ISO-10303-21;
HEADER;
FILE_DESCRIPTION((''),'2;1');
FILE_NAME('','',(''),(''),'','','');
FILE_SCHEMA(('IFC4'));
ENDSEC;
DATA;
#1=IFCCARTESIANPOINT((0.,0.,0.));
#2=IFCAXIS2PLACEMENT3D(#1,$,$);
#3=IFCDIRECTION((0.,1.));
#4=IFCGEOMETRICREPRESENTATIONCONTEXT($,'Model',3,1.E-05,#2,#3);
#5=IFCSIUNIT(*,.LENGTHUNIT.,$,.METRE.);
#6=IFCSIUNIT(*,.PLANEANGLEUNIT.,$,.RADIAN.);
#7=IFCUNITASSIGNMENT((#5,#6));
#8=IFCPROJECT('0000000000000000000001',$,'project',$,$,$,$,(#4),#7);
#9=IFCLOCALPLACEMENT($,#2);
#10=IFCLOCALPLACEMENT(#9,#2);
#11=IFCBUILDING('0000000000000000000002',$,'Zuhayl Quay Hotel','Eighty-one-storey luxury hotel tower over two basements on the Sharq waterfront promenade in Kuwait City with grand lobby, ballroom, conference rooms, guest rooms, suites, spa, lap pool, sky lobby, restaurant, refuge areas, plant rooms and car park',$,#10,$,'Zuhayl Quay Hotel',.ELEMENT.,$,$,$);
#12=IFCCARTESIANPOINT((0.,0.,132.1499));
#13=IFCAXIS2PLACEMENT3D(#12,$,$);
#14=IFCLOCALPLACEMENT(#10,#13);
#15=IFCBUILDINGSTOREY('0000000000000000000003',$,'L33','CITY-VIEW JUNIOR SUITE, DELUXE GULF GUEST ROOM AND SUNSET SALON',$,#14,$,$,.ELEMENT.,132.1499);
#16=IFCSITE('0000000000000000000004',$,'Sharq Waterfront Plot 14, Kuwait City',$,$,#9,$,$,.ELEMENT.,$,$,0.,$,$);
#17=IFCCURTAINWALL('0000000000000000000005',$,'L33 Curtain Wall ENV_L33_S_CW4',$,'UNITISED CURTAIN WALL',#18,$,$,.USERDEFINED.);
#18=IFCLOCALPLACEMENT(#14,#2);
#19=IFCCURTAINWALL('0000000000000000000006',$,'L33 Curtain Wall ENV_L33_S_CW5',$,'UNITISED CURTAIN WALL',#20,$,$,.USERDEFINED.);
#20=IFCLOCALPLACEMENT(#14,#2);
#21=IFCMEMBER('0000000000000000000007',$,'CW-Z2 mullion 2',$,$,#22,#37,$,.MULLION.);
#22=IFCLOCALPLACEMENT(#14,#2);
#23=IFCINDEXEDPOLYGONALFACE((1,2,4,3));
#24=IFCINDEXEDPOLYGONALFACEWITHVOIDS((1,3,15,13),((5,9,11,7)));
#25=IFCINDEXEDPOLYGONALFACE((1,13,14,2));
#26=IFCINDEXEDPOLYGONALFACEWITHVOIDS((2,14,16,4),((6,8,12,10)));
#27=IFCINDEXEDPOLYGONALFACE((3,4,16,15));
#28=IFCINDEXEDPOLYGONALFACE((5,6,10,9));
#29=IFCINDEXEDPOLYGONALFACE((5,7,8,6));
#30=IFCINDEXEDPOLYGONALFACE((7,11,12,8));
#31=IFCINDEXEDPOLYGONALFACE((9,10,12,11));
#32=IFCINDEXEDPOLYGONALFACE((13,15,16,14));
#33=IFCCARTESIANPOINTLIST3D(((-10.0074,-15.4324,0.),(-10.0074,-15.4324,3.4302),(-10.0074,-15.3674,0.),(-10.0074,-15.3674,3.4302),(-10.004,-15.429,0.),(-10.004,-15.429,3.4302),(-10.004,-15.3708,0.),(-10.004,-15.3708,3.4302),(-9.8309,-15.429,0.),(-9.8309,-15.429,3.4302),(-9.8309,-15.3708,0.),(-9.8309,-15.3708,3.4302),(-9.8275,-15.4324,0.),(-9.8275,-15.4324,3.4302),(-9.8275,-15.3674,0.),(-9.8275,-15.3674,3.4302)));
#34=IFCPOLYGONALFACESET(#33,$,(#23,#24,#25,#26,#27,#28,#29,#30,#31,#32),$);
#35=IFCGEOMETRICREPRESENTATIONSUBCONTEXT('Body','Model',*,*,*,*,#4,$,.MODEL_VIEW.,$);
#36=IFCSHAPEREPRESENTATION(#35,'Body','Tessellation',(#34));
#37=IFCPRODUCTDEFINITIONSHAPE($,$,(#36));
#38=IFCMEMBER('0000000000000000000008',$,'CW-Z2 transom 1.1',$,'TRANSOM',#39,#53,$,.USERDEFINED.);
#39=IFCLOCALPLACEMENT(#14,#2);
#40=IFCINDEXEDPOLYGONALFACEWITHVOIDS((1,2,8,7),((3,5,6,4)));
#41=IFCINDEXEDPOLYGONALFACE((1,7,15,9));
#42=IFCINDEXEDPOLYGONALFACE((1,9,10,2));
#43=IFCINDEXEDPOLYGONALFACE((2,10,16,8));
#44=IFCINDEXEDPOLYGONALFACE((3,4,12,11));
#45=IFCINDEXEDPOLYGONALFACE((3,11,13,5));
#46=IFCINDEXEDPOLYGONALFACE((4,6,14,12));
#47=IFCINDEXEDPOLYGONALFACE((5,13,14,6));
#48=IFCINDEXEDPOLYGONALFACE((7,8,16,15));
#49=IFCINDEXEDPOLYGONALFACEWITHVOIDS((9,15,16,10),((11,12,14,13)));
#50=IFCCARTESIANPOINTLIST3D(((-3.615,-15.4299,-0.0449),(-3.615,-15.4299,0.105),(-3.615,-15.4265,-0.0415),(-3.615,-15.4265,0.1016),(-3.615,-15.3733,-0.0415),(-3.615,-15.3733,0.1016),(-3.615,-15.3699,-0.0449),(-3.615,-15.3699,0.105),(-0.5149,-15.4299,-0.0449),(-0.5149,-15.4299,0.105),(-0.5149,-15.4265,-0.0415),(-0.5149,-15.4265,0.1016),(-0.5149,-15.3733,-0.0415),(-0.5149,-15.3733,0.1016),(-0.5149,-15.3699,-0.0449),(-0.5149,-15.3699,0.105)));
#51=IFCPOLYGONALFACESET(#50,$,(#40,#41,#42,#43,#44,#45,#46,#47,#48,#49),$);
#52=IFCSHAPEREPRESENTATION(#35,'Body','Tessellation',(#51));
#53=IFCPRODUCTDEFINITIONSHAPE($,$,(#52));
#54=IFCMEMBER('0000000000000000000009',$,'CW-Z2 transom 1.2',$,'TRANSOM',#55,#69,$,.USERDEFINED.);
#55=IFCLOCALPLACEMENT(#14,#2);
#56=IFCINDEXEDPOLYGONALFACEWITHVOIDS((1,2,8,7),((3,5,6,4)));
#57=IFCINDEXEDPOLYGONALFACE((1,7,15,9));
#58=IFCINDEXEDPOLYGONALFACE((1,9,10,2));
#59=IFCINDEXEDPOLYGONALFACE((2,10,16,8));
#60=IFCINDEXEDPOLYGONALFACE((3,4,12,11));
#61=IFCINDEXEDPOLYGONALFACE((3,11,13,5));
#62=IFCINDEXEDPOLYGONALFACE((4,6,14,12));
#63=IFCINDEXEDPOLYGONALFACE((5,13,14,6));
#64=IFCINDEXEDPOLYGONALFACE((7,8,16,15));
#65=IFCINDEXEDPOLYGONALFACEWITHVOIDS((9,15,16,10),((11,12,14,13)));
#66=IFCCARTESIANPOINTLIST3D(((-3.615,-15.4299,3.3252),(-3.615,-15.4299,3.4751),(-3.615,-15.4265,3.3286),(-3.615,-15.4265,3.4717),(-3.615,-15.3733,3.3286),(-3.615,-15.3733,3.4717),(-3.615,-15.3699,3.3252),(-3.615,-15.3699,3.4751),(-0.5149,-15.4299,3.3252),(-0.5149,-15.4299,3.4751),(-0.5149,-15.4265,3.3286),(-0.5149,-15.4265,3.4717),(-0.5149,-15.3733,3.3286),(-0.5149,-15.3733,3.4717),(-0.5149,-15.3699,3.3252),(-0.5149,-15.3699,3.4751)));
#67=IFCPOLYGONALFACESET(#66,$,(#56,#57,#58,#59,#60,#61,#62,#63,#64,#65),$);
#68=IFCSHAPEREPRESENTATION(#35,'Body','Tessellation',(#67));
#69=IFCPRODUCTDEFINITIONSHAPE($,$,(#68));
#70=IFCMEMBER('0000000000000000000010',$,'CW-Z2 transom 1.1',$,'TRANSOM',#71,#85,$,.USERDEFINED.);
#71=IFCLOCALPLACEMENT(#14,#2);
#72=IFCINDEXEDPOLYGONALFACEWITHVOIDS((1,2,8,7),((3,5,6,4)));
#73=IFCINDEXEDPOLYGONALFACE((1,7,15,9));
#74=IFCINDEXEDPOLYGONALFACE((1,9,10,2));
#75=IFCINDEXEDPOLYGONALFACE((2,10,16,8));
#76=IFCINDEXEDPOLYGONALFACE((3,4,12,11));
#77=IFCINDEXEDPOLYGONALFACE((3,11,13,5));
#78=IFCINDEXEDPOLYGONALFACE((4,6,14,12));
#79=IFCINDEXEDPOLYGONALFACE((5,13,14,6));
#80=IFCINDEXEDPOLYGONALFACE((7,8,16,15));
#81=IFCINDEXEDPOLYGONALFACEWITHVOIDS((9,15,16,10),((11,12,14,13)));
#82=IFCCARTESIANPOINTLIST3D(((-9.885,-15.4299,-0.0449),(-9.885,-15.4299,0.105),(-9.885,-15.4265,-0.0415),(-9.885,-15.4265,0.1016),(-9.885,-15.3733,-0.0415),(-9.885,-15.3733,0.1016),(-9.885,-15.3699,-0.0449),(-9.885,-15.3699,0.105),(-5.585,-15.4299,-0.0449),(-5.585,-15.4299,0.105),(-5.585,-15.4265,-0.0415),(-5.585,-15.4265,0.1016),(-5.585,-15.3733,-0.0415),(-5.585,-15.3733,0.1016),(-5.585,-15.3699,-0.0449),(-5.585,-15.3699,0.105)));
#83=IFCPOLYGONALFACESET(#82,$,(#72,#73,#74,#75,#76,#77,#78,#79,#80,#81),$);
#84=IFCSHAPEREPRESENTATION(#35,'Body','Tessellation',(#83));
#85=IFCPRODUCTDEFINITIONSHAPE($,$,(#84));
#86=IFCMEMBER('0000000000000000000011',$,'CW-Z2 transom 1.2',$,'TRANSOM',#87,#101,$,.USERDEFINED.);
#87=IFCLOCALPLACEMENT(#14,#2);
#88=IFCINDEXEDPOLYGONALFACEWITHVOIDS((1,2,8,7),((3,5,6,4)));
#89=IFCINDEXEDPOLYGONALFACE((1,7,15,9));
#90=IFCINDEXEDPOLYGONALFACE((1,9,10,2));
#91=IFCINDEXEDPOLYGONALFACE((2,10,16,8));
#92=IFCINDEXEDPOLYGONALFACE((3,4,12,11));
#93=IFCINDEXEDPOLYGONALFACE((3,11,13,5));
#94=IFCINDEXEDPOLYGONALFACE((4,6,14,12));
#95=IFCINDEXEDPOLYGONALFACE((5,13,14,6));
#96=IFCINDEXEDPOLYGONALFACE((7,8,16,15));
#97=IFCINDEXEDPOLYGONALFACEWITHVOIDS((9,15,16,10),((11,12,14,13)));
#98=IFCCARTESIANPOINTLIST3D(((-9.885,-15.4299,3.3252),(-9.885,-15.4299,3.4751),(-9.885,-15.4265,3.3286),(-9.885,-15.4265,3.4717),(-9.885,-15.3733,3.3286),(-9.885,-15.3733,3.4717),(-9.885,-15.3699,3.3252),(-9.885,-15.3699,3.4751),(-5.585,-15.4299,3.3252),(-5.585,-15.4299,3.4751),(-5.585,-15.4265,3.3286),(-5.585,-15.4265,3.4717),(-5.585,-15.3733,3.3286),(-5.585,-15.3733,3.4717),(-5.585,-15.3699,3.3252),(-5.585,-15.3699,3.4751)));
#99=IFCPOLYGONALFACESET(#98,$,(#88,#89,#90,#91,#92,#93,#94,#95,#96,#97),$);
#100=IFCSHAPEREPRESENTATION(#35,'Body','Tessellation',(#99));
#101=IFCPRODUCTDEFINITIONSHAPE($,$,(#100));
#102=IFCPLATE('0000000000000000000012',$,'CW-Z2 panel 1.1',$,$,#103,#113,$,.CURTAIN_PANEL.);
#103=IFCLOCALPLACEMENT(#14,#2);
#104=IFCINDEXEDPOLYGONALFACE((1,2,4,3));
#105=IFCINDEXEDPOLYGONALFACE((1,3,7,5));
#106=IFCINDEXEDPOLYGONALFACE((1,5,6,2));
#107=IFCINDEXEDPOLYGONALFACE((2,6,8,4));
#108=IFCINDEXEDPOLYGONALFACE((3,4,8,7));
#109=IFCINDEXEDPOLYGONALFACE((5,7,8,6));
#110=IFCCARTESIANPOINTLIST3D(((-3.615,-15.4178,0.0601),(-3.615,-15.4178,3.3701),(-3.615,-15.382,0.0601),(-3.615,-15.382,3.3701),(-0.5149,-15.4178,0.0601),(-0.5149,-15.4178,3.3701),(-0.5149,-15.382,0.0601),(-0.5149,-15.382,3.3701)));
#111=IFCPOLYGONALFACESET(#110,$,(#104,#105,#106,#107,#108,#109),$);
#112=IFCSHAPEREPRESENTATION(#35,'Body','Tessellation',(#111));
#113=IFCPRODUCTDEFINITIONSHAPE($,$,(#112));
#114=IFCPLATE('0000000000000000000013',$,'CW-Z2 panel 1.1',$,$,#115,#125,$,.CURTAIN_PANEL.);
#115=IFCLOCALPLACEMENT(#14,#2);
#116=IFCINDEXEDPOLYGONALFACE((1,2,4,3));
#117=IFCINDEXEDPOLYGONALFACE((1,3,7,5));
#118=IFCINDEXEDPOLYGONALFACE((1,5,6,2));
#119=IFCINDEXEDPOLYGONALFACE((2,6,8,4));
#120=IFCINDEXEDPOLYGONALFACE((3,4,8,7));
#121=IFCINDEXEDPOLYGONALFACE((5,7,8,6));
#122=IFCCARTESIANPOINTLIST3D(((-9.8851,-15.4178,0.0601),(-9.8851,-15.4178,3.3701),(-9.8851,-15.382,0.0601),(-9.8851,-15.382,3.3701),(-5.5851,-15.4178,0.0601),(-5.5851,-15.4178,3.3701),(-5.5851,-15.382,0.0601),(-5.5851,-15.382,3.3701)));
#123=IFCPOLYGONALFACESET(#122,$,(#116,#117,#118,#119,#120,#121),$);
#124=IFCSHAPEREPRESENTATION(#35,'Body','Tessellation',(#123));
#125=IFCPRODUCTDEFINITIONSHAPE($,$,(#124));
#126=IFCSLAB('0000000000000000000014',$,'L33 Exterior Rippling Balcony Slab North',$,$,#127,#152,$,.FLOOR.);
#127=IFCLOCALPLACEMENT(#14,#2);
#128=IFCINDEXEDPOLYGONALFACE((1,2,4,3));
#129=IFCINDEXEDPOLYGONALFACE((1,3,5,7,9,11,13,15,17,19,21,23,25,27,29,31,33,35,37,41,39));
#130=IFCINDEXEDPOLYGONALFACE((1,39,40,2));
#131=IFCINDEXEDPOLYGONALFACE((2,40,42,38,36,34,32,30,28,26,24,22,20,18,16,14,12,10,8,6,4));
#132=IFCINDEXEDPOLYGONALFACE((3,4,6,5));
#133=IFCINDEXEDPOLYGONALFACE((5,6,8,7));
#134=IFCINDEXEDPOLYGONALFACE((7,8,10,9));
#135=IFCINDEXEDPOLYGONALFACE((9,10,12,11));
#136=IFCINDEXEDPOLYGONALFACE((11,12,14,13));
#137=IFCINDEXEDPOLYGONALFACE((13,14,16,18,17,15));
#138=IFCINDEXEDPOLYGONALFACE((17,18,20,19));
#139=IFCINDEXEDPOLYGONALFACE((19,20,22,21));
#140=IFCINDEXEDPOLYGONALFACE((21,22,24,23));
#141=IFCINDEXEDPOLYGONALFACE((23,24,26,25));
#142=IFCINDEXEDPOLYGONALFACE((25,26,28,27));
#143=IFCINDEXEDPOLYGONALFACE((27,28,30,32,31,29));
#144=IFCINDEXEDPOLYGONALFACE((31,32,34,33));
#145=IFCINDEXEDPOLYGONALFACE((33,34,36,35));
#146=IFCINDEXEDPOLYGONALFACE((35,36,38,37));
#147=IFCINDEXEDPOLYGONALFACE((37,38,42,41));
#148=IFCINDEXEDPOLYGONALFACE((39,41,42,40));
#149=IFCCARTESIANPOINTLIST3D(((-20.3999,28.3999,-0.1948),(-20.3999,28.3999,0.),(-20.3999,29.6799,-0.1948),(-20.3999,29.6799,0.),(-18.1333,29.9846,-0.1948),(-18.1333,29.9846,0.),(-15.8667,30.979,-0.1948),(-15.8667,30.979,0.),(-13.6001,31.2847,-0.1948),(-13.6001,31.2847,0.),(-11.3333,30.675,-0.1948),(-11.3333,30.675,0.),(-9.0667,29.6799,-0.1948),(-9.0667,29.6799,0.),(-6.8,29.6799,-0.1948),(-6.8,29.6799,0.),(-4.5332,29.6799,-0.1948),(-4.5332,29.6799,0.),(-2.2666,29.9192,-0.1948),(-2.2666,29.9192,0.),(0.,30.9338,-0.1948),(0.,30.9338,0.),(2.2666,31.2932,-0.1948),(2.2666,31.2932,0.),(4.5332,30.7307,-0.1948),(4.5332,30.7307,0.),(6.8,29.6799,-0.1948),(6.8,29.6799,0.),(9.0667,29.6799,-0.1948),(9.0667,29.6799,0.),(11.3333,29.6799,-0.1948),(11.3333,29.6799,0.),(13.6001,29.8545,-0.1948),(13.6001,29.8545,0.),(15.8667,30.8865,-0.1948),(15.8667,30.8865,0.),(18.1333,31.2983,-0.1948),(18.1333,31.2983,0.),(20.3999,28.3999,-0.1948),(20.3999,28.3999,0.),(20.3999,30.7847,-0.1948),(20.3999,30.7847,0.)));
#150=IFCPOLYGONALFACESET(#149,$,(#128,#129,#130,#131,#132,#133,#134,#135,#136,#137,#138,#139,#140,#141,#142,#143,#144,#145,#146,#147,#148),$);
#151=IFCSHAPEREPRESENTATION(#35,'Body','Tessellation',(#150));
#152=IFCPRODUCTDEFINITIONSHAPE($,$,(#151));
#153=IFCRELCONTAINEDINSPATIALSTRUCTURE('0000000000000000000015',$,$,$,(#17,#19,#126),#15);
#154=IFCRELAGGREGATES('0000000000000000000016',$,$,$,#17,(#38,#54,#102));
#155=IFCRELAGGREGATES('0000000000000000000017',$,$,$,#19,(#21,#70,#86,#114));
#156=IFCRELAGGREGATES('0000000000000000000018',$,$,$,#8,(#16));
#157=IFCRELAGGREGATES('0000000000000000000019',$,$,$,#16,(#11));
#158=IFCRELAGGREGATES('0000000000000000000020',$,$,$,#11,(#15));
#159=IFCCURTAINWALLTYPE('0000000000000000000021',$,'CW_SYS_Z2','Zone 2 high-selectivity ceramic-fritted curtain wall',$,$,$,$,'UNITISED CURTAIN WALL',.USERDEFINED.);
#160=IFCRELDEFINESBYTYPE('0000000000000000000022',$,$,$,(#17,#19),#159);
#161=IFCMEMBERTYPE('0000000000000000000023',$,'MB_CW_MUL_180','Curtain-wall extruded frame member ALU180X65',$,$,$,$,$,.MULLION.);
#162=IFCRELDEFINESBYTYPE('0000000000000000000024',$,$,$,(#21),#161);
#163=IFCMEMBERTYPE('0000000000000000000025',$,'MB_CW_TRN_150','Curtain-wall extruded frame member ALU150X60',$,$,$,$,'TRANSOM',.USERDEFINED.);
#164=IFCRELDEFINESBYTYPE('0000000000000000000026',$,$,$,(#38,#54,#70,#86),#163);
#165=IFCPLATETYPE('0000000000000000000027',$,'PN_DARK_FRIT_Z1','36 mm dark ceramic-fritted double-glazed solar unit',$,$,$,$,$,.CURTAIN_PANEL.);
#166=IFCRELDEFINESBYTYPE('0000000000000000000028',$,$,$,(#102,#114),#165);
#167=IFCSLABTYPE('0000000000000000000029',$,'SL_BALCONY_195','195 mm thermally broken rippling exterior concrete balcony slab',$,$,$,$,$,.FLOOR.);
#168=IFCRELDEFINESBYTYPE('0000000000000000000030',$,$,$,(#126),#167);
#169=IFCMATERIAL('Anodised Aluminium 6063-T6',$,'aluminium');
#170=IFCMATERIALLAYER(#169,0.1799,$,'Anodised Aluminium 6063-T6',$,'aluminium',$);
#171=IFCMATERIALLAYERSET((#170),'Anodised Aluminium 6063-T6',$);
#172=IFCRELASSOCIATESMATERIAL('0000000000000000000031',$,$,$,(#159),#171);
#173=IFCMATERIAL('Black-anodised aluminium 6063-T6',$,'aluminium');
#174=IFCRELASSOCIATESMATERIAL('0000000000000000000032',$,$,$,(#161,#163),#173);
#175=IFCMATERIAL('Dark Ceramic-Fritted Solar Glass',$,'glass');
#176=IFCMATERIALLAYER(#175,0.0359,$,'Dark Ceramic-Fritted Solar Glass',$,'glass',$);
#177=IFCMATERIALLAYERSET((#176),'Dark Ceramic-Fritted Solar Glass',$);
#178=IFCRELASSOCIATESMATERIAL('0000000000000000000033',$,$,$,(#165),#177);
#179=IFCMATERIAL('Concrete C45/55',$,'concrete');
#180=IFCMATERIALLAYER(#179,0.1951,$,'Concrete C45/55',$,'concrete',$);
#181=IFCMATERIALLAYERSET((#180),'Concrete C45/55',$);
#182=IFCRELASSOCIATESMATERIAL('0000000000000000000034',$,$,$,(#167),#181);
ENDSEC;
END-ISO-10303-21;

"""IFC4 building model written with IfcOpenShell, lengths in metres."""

from ifc_helpers import new_model, si_unit, direction, frame, origin, origin_2d, place, context, subcontext, project, spatial, polyline, rectangle, hollow_rectangle, outline, extrude, material, layer, layer_set, material_profile, profile_set, type_object, element, aggregate, save


model = new_model("IFC4")

# Units and contexts
model_context = context("Model", 3, precision=1e-05, world=origin(), true_north=direction((0.0, 1.0)))
body_context = subcontext(model_context, "Body", "Model", "MODEL_VIEW")
ifc_project = project(units=[si_unit("LENGTHUNIT", "METRE"), si_unit("PLANEANGLEUNIT", "RADIAN")], contexts=[model_context])

# Site, building, storey
site_placement = place(None, origin())
site = spatial("IfcSite", under=ifc_project, at=site_placement, Name="Sharq Waterfront Plot 14, Kuwait City", CompositionType="ELEMENT", RefElevation=0.0)
building_placement = place(site_placement, origin())
building = spatial("IfcBuilding", under=site, at=building_placement, Name="Zuhayl Quay Hotel", Description="Eighty-one-storey luxury hotel tower over two basements on the Sharq waterfront promenade in Kuwait City with grand lobby, ballroom, conference rooms, guest rooms, suites, spa, lap pool, sky lobby, restaurant, refuge areas, plant rooms and car park", LongName="Zuhayl Quay Hotel", CompositionType="ELEMENT")
storey_placement = place(building_placement, frame((0.0, 0.0, 132.1499)))
storey = spatial("IfcBuildingStorey", under=building, at=storey_placement, Name="L33", Description="CITY-VIEW JUNIOR SUITE, DELUXE GULF GUEST ROOM AND SUNSET SALON", CompositionType="ELEMENT", Elevation=132.1499)

# Curtain walls, member
ifc_material_1 = material(Name="Anodised Aluminium 6063-T6", Category="aluminium")
ifc_layer_1 = layer(ifc_material_1, 0.1799, Name="Anodised Aluminium 6063-T6", Category="aluminium")
ifc_layer_set_1 = layer_set([ifc_layer_1], Name="Anodised Aluminium 6063-T6")
curtain_wall_type = type_object("IfcCurtainWallType", Name="CW_SYS_Z2", Description="Zone 2 high-selectivity ceramic-fritted curtain wall", ElementType="UNITISED CURTAIN WALL", PredefinedType="USERDEFINED", material=ifc_layer_set_1)
curtain_wall_1_placement = place(storey_placement, origin())
curtain_wall_1 = element("IfcCurtainWall", 1, at=curtain_wall_1_placement, inside=storey, type_object=curtain_wall_type, Name="L33 Curtain Wall ENV_L33_S_CW4", ObjectType="UNITISED CURTAIN WALL", PredefinedType="USERDEFINED")
ifc_material_2 = material(Name="Black-anodised aluminium 6063-T6", Category="aluminium")
ifc_material_profile_1 = material_profile(ifc_material_2, hollow_rectangle(XDim=0.0649, YDim=0.1799, WallThickness=0.0034, at=origin_2d()), Name="ALU180X65")
ifc_profile_set_1 = profile_set([ifc_material_profile_1], Name="Black-anodised aluminium 6063-T6")
member_type_1 = type_object("IfcMemberType", Name="MB_CW_MUL_180", Description="Curtain-wall extruded frame member ALU180X65", PredefinedType="MULLION", material=ifc_profile_set_1)
curtain_wall_2_placement = place(storey_placement, origin())
curtain_wall_2 = element("IfcCurtainWall", 2, at=curtain_wall_2_placement, inside=storey, type_object=curtain_wall_type, Name="L33 Curtain Wall ENV_L33_S_CW5", ObjectType="UNITISED CURTAIN WALL", PredefinedType="USERDEFINED")
member_1_placement = place(storey_placement, frame((-9.9175, -15.3999, 0.0), z_axis=(0.0, 0.0, 1.0), x_axis=(0.0, -1.0, 0.0)))
member_1 = element("IfcMember", 3, at=member_1_placement, type_object=member_type_1, Name="CW-Z2 mullion 2", PredefinedType="MULLION", context=body_context, shape_type="SweptSolid", body=[
    extrude(hollow_rectangle(XDim=0.0649, YDim=0.1799, WallThickness=0.0034, at=origin_2d()), origin(), (0.0, 0.0, 1.0), 3.4302),
])

# Members
ifc_material_profile_2 = material_profile(ifc_material_2, hollow_rectangle(XDim=0.0601, YDim=0.1499, WallThickness=0.0034, at=origin_2d()), Name="ALU150X60")
ifc_profile_set_2 = profile_set([ifc_material_profile_2], Name="Black-anodised aluminium 6063-T6")
member_type_2 = type_object("IfcMemberType", Name="MB_CW_TRN_150", Description="Curtain-wall extruded frame member ALU150X60", ElementType="TRANSOM", PredefinedType="USERDEFINED", material=ifc_profile_set_2)
member_2_placement = place(storey_placement, frame((-0.5149, -15.3999, 0.03), z_axis=(-1.0, 0.0, 0.0), x_axis=(0.0, -1.0, 0.0)))
member_2 = element("IfcMember", 4, at=member_2_placement, type_object=member_type_2, Name="CW-Z2 transom 1.1", ObjectType="TRANSOM", PredefinedType="USERDEFINED", context=body_context, shape_type="SweptSolid", body=[
    extrude(hollow_rectangle(XDim=0.0601, YDim=0.1499, WallThickness=0.0034, at=origin_2d()), origin(), (0.0, 0.0, 1.0), 3.1001),
])
member_3_placement = place(storey_placement, frame((-0.5149, -15.3999, 3.4001), z_axis=(-1.0, 0.0, 0.0), x_axis=(0.0, -1.0, 0.0)))
member_3 = element("IfcMember", 5, at=member_3_placement, type_object=member_type_2, Name="CW-Z2 transom 1.2", ObjectType="TRANSOM", PredefinedType="USERDEFINED", context=body_context, shape_type="SweptSolid", body=[
    extrude(hollow_rectangle(XDim=0.0601, YDim=0.1499, WallThickness=0.0034, at=origin_2d()), origin(), (0.0, 0.0, 1.0), 3.1001),
])
member_4_placement = place(storey_placement, frame((-5.585, -15.3999, 0.03), z_axis=(-1.0, 0.0, 0.0), x_axis=(0.0, -1.0, 0.0)))
member_4 = element("IfcMember", 6, at=member_4_placement, type_object=member_type_2, Name="CW-Z2 transom 1.1", ObjectType="TRANSOM", PredefinedType="USERDEFINED", context=body_context, shape_type="SweptSolid", body=[
    extrude(hollow_rectangle(XDim=0.0601, YDim=0.1499, WallThickness=0.0034, at=origin_2d()), origin(), (0.0, 0.0, 1.0), 4.3),
])
member_5_placement = place(storey_placement, frame((-5.585, -15.3999, 3.4001), z_axis=(-1.0, 0.0, 0.0), x_axis=(0.0, -1.0, 0.0)))
member_5 = element("IfcMember", 7, at=member_5_placement, type_object=member_type_2, Name="CW-Z2 transom 1.2", ObjectType="TRANSOM", PredefinedType="USERDEFINED", context=body_context, shape_type="SweptSolid", body=[
    extrude(hollow_rectangle(XDim=0.0601, YDim=0.1499, WallThickness=0.0034, at=origin_2d()), origin(), (0.0, 0.0, 1.0), 4.3),
])

# Plates
ifc_material_3 = material(Name="Dark Ceramic-Fritted Solar Glass", Category="glass")
ifc_layer_2 = layer(ifc_material_3, 0.0359, Name="Dark Ceramic-Fritted Solar Glass", Category="glass")
ifc_layer_set_2 = layer_set([ifc_layer_2], Name="Dark Ceramic-Fritted Solar Glass")
plate_type = type_object("IfcPlateType", Name="PN_DARK_FRIT_Z1", Description="36 mm dark ceramic-fritted double-glazed solar unit", PredefinedType="CURTAIN_PANEL", material=ifc_layer_set_2)
plate_1_placement = place(storey_placement, frame((-2.0649, -15.3999, 0.0601), z_axis=(0.0, 0.0, 1.0), x_axis=(-1.0, 0.0, 0.0)))
plate_1 = element("IfcPlate", 8, at=plate_1_placement, type_object=plate_type, Name="CW-Z2 panel 1.1", PredefinedType="CURTAIN_PANEL", context=body_context, shape_type="SweptSolid", body=[
    extrude(rectangle(XDim=3.1001, YDim=0.0359, at=origin_2d()), origin(), (0.0, 0.0, 1.0), 3.3101),
])
aggregate(curtain_wall_1, [member_2, member_3, plate_1])
plate_2_placement = place(storey_placement, frame((-7.7351, -15.3999, 0.0601), z_axis=(0.0, 0.0, 1.0), x_axis=(-1.0, 0.0, 0.0)))
plate_2 = element("IfcPlate", 9, at=plate_2_placement, type_object=plate_type, Name="CW-Z2 panel 1.1", PredefinedType="CURTAIN_PANEL", context=body_context, shape_type="SweptSolid", body=[
    extrude(rectangle(XDim=4.3, YDim=0.0359, at=origin_2d()), origin(), (0.0, 0.0, 1.0), 3.3101),
])
aggregate(curtain_wall_2, [member_1, member_4, member_5, plate_2])

# Slab
ifc_material_4 = material(Name="Concrete C45/55", Category="concrete")
ifc_layer_3 = layer(ifc_material_4, 0.1951, Name="Concrete C45/55", Category="concrete")
ifc_layer_set_3 = layer_set([ifc_layer_3], Name="Concrete C45/55")
slab_type_1 = type_object("IfcSlabType", Name="SL_BALCONY_195", Description="195 mm thermally broken rippling exterior concrete balcony slab", PredefinedType="FLOOR", material=ifc_layer_set_3)
slab_1_placement = place(storey_placement, frame((0.0, 0.0, -0.1948)))
element("IfcSlab", 10, at=slab_1_placement, inside=storey, type_object=slab_type_1, Name="L33 Exterior Rippling Balcony Slab North", PredefinedType="FLOOR", context=body_context, shape_type="SweptSolid", body=[
    extrude(outline(polyline([(-20.3999, 28.3999), (20.3999, 28.3999), (20.3999, 30.7847), (18.1333, 31.2983), (15.8667, 30.8865), (13.6001, 29.8545), (11.3333, 29.6799), (9.0667, 29.6799), (6.8, 29.6799), (4.5332, 30.7307), (2.2666, 31.2932), (0.0, 30.9338), (-2.2666, 29.9192), (-4.5332, 29.6799), (-6.8, 29.6799), (-9.0667, 29.6799), (-11.3333, 30.675), (-13.6001, 31.2847), (-15.8667, 30.979), (-18.1333, 29.9846), (-20.3999, 29.6799), (-20.3999, 28.3999)])), origin(), (0.0, 0.0, 1.0), 0.1948),
])

save(model, "model.ifc")
